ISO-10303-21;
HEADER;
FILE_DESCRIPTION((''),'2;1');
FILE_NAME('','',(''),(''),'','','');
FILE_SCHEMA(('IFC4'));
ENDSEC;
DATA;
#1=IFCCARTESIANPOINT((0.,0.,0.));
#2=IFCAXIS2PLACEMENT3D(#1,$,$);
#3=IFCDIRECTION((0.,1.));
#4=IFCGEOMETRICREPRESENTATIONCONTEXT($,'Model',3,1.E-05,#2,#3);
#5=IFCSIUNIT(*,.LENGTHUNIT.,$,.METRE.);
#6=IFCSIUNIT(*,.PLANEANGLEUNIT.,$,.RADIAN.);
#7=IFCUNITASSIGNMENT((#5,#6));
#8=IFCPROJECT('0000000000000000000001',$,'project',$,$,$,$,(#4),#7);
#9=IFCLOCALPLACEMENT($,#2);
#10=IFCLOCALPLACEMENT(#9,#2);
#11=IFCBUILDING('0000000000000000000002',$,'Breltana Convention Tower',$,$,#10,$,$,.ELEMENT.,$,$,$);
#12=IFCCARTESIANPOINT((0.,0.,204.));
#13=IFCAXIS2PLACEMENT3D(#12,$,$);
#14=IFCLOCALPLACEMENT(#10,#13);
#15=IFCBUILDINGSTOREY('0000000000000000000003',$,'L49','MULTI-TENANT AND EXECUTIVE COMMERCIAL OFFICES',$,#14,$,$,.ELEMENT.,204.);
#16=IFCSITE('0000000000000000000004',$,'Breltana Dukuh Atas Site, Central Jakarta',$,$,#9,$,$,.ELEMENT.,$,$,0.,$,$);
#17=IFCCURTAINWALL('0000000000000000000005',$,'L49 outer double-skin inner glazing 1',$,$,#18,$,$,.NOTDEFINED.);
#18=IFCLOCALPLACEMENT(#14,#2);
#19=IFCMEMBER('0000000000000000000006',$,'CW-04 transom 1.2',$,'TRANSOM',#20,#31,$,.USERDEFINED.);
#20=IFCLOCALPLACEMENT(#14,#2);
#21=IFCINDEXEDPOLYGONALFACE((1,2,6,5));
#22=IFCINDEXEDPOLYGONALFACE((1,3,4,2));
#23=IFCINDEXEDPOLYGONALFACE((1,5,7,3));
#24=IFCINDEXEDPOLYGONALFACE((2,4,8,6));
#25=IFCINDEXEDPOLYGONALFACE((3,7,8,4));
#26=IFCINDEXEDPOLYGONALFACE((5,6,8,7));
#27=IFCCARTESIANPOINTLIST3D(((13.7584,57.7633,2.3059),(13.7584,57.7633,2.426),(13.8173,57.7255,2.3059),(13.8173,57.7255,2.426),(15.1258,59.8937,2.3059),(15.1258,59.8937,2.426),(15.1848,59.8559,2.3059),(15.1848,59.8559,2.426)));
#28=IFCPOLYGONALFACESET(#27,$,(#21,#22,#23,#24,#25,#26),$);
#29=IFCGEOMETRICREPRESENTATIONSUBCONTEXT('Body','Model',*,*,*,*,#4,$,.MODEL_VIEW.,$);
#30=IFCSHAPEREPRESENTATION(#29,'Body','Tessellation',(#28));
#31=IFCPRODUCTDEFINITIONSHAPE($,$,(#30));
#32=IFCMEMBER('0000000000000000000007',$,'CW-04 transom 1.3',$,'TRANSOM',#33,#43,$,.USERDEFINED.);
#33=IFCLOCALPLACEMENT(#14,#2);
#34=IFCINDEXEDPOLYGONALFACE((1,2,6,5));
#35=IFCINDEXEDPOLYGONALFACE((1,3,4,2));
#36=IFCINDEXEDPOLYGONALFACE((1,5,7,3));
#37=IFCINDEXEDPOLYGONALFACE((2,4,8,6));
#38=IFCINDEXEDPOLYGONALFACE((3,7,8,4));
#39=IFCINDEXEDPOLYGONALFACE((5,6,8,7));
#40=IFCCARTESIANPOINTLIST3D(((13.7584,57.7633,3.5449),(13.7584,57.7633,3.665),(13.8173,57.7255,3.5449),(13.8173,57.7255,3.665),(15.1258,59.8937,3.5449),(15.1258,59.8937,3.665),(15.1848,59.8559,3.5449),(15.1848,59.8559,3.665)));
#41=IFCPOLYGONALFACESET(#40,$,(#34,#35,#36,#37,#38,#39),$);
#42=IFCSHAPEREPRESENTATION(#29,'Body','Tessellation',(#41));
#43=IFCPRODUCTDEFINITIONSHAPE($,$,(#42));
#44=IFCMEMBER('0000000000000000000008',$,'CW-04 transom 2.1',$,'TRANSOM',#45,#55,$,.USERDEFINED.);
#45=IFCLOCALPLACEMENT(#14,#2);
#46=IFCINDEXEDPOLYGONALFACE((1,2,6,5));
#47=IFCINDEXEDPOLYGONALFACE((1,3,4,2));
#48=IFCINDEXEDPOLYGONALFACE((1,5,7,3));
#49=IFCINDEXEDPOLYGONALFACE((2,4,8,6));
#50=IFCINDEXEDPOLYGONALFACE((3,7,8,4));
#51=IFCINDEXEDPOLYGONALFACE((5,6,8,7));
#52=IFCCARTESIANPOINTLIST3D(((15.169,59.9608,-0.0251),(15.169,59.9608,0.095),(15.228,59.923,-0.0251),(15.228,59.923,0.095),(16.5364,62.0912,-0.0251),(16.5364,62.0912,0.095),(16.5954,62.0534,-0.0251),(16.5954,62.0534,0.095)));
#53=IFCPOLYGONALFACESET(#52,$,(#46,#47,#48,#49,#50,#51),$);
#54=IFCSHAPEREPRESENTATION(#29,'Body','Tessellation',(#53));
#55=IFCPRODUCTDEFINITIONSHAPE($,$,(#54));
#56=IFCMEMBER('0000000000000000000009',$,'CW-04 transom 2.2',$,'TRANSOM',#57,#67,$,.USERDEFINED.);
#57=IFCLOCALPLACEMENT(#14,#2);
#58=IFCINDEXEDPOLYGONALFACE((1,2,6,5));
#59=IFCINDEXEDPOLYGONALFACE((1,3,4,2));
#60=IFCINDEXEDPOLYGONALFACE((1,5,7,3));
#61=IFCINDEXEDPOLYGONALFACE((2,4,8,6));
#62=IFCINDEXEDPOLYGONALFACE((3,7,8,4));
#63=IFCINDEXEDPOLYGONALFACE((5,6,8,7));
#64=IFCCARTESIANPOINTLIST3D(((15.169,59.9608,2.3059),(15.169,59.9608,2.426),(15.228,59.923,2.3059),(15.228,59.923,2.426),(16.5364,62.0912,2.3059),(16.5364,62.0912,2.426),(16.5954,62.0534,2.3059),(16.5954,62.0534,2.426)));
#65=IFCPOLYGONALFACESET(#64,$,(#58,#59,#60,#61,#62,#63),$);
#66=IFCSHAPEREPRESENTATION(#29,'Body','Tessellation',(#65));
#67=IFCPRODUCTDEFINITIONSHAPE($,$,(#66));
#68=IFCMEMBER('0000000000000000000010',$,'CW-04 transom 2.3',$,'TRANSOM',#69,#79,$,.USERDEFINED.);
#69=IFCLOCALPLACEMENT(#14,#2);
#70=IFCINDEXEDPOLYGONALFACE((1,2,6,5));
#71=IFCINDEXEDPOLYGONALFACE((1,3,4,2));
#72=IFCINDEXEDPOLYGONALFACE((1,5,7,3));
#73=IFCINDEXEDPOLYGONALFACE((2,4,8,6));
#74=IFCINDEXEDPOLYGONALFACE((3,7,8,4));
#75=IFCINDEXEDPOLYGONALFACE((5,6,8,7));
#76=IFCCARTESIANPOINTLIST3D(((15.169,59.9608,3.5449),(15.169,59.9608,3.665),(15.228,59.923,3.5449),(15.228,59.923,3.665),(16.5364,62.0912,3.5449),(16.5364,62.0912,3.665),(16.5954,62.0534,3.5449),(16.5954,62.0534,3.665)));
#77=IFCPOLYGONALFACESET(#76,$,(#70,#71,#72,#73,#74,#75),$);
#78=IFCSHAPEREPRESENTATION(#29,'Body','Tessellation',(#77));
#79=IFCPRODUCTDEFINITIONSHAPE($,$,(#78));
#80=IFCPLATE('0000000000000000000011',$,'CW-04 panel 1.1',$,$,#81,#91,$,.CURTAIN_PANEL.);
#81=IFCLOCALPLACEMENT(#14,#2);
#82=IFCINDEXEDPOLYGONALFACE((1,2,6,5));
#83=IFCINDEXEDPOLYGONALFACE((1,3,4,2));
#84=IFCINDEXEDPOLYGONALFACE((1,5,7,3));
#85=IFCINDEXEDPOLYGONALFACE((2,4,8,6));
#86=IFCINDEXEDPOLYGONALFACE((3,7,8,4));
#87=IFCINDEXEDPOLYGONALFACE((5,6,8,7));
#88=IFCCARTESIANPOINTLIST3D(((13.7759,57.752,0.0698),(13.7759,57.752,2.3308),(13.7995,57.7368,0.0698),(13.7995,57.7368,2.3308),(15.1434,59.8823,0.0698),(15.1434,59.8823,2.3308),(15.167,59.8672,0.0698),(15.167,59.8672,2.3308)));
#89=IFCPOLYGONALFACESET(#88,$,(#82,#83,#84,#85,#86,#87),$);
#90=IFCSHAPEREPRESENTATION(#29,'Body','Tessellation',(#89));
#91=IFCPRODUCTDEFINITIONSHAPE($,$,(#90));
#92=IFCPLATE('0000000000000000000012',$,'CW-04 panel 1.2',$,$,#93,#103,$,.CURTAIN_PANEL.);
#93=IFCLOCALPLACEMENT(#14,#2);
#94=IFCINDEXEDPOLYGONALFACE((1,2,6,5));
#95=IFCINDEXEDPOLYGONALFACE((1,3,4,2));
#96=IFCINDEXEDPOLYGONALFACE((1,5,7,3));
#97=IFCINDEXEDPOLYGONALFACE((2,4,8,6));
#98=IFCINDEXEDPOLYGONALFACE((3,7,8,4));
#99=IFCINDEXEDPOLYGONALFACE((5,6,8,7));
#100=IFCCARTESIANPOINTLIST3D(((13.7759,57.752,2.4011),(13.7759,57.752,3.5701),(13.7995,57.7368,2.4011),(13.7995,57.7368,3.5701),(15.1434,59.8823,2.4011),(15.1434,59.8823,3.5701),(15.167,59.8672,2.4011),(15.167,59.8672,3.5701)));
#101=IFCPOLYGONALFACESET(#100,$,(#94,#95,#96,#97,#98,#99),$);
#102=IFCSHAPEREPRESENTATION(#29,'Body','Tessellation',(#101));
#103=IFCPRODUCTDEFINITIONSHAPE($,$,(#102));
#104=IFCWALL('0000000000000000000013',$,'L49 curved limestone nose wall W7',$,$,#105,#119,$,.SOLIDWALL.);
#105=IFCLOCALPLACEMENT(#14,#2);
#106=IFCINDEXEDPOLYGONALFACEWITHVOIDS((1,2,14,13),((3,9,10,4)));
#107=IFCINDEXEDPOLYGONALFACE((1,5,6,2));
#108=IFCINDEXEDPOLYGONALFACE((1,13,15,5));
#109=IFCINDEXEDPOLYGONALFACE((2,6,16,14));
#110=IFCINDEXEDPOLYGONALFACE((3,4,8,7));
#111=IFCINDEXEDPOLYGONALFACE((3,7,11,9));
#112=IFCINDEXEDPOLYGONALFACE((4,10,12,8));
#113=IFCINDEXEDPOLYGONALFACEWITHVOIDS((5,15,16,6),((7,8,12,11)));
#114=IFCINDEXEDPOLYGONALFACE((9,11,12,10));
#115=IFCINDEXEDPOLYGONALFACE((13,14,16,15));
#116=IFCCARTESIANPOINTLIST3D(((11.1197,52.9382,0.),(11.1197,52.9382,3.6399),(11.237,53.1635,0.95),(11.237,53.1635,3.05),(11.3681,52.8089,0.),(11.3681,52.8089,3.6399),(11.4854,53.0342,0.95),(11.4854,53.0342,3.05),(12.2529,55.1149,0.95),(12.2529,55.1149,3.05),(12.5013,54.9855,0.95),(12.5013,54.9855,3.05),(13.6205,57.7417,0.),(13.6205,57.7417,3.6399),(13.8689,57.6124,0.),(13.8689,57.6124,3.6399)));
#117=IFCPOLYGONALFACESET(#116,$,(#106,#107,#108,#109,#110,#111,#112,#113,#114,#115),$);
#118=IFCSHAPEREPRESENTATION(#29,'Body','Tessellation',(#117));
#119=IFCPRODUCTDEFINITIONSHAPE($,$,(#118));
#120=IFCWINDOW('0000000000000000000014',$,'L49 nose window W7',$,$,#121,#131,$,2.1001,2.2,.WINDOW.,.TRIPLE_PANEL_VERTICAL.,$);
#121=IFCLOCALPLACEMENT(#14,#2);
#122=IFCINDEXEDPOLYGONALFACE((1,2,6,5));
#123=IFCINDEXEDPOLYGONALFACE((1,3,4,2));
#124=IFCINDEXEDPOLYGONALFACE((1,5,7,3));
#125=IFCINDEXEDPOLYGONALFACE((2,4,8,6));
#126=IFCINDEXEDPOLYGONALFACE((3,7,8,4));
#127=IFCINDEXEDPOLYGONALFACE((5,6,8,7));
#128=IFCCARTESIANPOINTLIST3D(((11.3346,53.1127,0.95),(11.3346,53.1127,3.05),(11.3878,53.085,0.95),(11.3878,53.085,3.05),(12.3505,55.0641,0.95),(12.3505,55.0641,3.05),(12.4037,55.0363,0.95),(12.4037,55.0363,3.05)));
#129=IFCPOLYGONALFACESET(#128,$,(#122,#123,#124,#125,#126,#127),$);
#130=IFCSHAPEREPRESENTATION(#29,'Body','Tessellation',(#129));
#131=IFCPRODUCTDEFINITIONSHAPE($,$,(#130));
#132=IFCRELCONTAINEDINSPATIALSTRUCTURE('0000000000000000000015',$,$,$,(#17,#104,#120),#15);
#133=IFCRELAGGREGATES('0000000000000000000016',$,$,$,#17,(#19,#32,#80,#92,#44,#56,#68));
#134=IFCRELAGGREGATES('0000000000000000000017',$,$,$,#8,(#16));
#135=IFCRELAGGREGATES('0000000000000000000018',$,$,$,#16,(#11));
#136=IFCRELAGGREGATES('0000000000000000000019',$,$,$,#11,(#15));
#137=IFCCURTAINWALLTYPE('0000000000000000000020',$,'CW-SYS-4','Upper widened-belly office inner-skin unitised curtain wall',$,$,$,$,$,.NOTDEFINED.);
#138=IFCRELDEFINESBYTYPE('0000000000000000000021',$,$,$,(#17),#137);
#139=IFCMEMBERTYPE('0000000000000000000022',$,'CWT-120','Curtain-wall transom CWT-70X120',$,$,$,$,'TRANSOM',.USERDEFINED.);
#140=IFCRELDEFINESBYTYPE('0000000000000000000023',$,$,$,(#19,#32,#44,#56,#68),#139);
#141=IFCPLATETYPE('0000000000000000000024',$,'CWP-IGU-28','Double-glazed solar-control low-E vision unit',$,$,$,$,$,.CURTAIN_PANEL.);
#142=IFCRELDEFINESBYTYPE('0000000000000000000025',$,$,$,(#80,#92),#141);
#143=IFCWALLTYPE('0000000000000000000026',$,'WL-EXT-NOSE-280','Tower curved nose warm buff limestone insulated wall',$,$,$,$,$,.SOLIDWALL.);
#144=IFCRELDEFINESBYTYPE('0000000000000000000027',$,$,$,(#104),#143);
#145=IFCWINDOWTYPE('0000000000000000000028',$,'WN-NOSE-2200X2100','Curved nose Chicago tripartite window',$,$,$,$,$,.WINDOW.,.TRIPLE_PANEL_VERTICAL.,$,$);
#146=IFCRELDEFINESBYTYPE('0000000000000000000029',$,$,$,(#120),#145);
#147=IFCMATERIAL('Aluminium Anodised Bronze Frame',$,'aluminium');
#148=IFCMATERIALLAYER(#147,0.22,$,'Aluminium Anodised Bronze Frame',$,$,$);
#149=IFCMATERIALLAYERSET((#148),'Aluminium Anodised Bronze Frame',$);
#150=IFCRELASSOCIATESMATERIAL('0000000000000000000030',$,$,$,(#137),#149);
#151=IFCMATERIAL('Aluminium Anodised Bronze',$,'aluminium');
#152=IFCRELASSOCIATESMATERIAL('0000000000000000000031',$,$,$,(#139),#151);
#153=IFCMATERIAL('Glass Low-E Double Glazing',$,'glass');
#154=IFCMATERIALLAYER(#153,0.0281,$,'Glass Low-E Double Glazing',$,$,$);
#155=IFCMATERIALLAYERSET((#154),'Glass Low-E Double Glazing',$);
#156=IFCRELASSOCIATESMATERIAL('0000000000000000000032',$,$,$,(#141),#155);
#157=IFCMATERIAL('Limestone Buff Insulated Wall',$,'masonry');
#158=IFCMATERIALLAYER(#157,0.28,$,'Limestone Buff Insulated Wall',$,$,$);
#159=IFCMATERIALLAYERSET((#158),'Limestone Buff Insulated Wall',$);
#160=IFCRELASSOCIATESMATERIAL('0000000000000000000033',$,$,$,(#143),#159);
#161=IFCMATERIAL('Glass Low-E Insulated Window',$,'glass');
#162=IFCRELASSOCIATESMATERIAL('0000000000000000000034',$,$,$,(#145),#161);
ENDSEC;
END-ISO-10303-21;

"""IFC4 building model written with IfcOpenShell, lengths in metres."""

from ifc_helpers import new_model, si_unit, direction, frame, frame_2d, origin, origin_2d, place, context, subcontext, project, spatial, rectangle, extrude, source, transform, mapped, material, layer, layer_set, material_profile, profile_set, type_object, type_shapes, element, fill, aggregate, save


model = new_model("IFC4")

# Units and contexts
model_context = context("Model", 3, precision=1e-05, world=origin(), true_north=direction((0.0, 1.0)))
body_context = subcontext(model_context, "Body", "Model", "MODEL_VIEW")
ifc_project = project(units=[si_unit("LENGTHUNIT", "METRE"), si_unit("PLANEANGLEUNIT", "RADIAN")], contexts=[model_context])

# Site, building, storey
site_placement = place(None, origin())
site = spatial("IfcSite", under=ifc_project, at=site_placement, Name="Breltana Dukuh Atas Site, Central Jakarta", CompositionType="ELEMENT", RefElevation=0.0)
building_placement = place(site_placement, origin())
building = spatial("IfcBuilding", under=site, at=building_placement, Name="Breltana Convention Tower", CompositionType="ELEMENT")
storey_placement = place(building_placement, frame((0.0, 0.0, 204.0)))
storey = spatial("IfcBuildingStorey", under=building, at=storey_placement, Name="L49", Description="MULTI-TENANT AND EXECUTIVE COMMERCIAL OFFICES", CompositionType="ELEMENT", Elevation=204.0)

# Curtain wall, members, plates
ifc_material_1 = material(Name="Aluminium Anodised Bronze Frame", Category="aluminium")
ifc_layer_1 = layer(ifc_material_1, 0.22, Name="Aluminium Anodised Bronze Frame")
ifc_layer_set_1 = layer_set([ifc_layer_1], Name="Aluminium Anodised Bronze Frame")
curtain_wall_type = type_object("IfcCurtainWallType", Name="CW-SYS-4", Description="Upper widened-belly office inner-skin unitised curtain wall", PredefinedType="NOTDEFINED", material=ifc_layer_set_1)
curtain_wall_placement = place(storey_placement, origin())
curtain_wall = element("IfcCurtainWall", 1, at=curtain_wall_placement, inside=storey, type_object=curtain_wall_type, Name="L49 outer double-skin inner glazing 1", PredefinedType="NOTDEFINED")
ifc_material_2 = material(Name="Aluminium Anodised Bronze", Category="aluminium")
ifc_material_profile_1 = material_profile(ifc_material_2, rectangle(XDim=0.0701, YDim=0.1201, at=origin_2d()), Name="CWT-70X120")
ifc_profile_set_1 = profile_set([ifc_material_profile_1], Name="Aluminium Anodised Bronze")
member_type_1 = type_object("IfcMemberType", Name="CWT-120", Description="Curtain-wall transom CWT-70X120", ElementType="TRANSOM", PredefinedType="USERDEFINED", material=ifc_profile_set_1)
shared_shape_1 = source(origin(), body_context, "Body", "SweptSolid", [
    extrude(rectangle(XDim=0.0701, YDim=0.1201, at=origin_2d()), origin(), (0.0, 0.0, 1.0), 2.5315),
])
member_1_placement = place(storey_placement, frame((13.7878, 57.7444, 2.366), z_axis=(0.540173, 0.841554, 0.0), x_axis=(-0.841554, 0.540173, 0.0)))
member_1 = element("IfcMember", 2, at=member_1_placement, type_object=member_type_1, Name="CW-04 transom 1.2", ObjectType="TRANSOM", PredefinedType="USERDEFINED", context=body_context, shape_type="MappedRepresentation", body=[
    mapped(shared_shape_1, transform((0.0, 0.0, 0.0), scale=1.0)),
])
member_2_placement = place(storey_placement, frame((13.7878, 57.7444, 3.605), z_axis=(0.540173, 0.841554, 0.0), x_axis=(-0.841554, 0.540173, 0.0)))
member_2 = element("IfcMember", 3, at=member_2_placement, type_object=member_type_1, Name="CW-04 transom 1.3", ObjectType="TRANSOM", PredefinedType="USERDEFINED", context=body_context, shape_type="MappedRepresentation", body=[
    mapped(shared_shape_1, transform((0.0, 0.0, 0.0), scale=1.0)),
])
member_3_placement = place(storey_placement, frame((15.1985, 59.9419, 0.0349), z_axis=(0.540173, 0.841554, 0.0), x_axis=(-0.841554, 0.540173, 0.0)))
member_3 = element("IfcMember", 4, at=member_3_placement, type_object=member_type_1, Name="CW-04 transom 2.1", ObjectType="TRANSOM", PredefinedType="USERDEFINED", context=body_context, shape_type="MappedRepresentation", body=[
    mapped(shared_shape_1, transform((0.0, 0.0, 0.0), scale=1.0)),
])
member_4_placement = place(storey_placement, frame((15.1985, 59.9419, 2.366), z_axis=(0.540173, 0.841554, 0.0), x_axis=(-0.841554, 0.540173, 0.0)))
member_4 = element("IfcMember", 5, at=member_4_placement, type_object=member_type_1, Name="CW-04 transom 2.2", ObjectType="TRANSOM", PredefinedType="USERDEFINED", context=body_context, shape_type="MappedRepresentation", body=[
    mapped(shared_shape_1, transform((0.0, 0.0, 0.0), scale=1.0)),
])
member_5_placement = place(storey_placement, frame((15.1985, 59.9419, 3.605), z_axis=(0.540173, 0.841554, 0.0), x_axis=(-0.841554, 0.540173, 0.0)))
member_5 = element("IfcMember", 6, at=member_5_placement, type_object=member_type_1, Name="CW-04 transom 2.3", ObjectType="TRANSOM", PredefinedType="USERDEFINED", context=body_context, shape_type="MappedRepresentation", body=[
    mapped(shared_shape_1, transform((0.0, 0.0, 0.0), scale=1.0)),
])
ifc_material_3 = material(Name="Glass Low-E Double Glazing", Category="glass")
ifc_layer_2 = layer(ifc_material_3, 0.0281, Name="Glass Low-E Double Glazing")
ifc_layer_set_2 = layer_set([ifc_layer_2], Name="Glass Low-E Double Glazing")
plate_type = type_object("IfcPlateType", Name="CWP-IGU-28", Description="Double-glazed solar-control low-E vision unit", PredefinedType="CURTAIN_PANEL", material=ifc_layer_set_2)
shared_shape_2 = source(origin(), body_context, "Body", "SweptSolid", [
    extrude(rectangle(XDim=2.5315, YDim=0.0281, at=origin_2d()), origin(), (0.0, 0.0, 1.0), 2.261),
])
plate_1_placement = place(storey_placement, frame((14.4714, 58.8096, 0.0698), z_axis=(0.0, 0.0, 1.0), x_axis=(0.540182, 0.841548, 0.0)))
plate_1 = element("IfcPlate", 7, at=plate_1_placement, type_object=plate_type, Name="CW-04 panel 1.1", PredefinedType="CURTAIN_PANEL", context=body_context, shape_type="MappedRepresentation", body=[
    mapped(shared_shape_2, transform((0.0, 0.0, 0.0), scale=1.0)),
])
shared_shape_3 = source(origin(), body_context, "Body", "SweptSolid", [
    extrude(rectangle(XDim=2.5315, YDim=0.0281, at=origin_2d()), origin(), (0.0, 0.0, 1.0), 1.1689),
])
plate_2_placement = place(storey_placement, frame((14.4714, 58.8096, 2.4011), z_axis=(0.0, 0.0, 1.0), x_axis=(0.540182, 0.841548, 0.0)))
plate_2 = element("IfcPlate", 8, at=plate_2_placement, type_object=plate_type, Name="CW-04 panel 1.2", PredefinedType="CURTAIN_PANEL", context=body_context, shape_type="MappedRepresentation", body=[
    mapped(shared_shape_3, transform((0.0, 0.0, 0.0), scale=1.0)),
])
aggregate(curtain_wall, [member_1, member_2, plate_1, plate_2, member_3, member_4, member_5])

# Wall, opening, window
ifc_material_4 = material(Name="Limestone Buff Insulated Wall", Category="masonry")
ifc_layer_3 = layer(ifc_material_4, 0.28, Name="Limestone Buff Insulated Wall")
ifc_layer_set_3 = layer_set([ifc_layer_3], Name="Limestone Buff Insulated Wall")
wall_type = type_object("IfcWallType", Name="WL-EXT-NOSE-280", Description="Tower curved nose warm buff limestone insulated wall", PredefinedType="SOLIDWALL", material=ifc_layer_set_3)
shared_shape_4 = source(origin(), body_context, "Body", "SweptSolid", [
    extrude(rectangle(XDim=5.4155, YDim=0.28, at=frame_2d((2.7078, 0.0))), origin(), (0.0, 0.0, 1.0), 3.6399),
])
wall_placement = place(storey_placement, frame((11.2439, 52.8735, 0.0), z_axis=(0.0, 0.0, 1.0), x_axis=(0.461779, 0.886995, 0.0)))
wall = element("IfcWall", 9, at=wall_placement, inside=storey, type_object=wall_type, Name="L49 curved limestone nose wall W7", PredefinedType="SOLIDWALL", context=body_context, shape_type="MappedRepresentation", body=[
    mapped(shared_shape_4, transform((0.0, 0.0, 0.0), scale=1.0)),
])
opening_placement = place(wall_placement, frame((0.2539, 0.0, 0.95)))
opening = element("IfcOpeningElement", 10, at=opening_placement, cuts=wall, PredefinedType="OPENING", context=body_context, shape_type="SweptSolid", body=[
    extrude(rectangle(XDim=2.2, YDim=2.1001, at=frame_2d((1.1001, 1.05))), frame((0.0, 0.1499, 0.0), z_axis=(0.0, -1.0, 0.0), x_axis=(1.0, 0.0, 0.0)), (0.0, 0.0, 1.0), 0.3),
])
ifc_material_5 = material(Name="Glass Low-E Insulated Window", Category="glass")
window_type = type_object("IfcWindowType", Name="WN-NOSE-2200X2100", Description="Curved nose Chicago tripartite window", PartitioningType="TRIPLE_PANEL_VERTICAL", PredefinedType="WINDOW", material=ifc_material_5)
shared_shape_5 = source(origin(), body_context, "Body", "SweptSolid", [
    extrude(rectangle(XDim=2.2, YDim=2.1001, at=frame_2d((1.1001, 1.05))), frame((0.0, 0.03, 0.0), z_axis=(0.0, -1.0, 0.0), x_axis=(1.0, 0.0, 0.0)), (0.0, 0.0, 1.0), 0.0601),
])
type_shapes(window_type, [shared_shape_5])
window_placement = place(opening_placement, origin())
window = element("IfcWindow", 11, at=window_placement, inside=storey, type_object=window_type, Name="L49 nose window W7", OverallHeight=2.1001, OverallWidth=2.2, PartitioningType="TRIPLE_PANEL_VERTICAL", PredefinedType="WINDOW", context=body_context, shape_type="MappedRepresentation", body=[
    mapped(shared_shape_5, transform((0.0, 0.0, 0.0), scale=1.0)),
])
fill(opening, window)

save(model, "model.ifc")
